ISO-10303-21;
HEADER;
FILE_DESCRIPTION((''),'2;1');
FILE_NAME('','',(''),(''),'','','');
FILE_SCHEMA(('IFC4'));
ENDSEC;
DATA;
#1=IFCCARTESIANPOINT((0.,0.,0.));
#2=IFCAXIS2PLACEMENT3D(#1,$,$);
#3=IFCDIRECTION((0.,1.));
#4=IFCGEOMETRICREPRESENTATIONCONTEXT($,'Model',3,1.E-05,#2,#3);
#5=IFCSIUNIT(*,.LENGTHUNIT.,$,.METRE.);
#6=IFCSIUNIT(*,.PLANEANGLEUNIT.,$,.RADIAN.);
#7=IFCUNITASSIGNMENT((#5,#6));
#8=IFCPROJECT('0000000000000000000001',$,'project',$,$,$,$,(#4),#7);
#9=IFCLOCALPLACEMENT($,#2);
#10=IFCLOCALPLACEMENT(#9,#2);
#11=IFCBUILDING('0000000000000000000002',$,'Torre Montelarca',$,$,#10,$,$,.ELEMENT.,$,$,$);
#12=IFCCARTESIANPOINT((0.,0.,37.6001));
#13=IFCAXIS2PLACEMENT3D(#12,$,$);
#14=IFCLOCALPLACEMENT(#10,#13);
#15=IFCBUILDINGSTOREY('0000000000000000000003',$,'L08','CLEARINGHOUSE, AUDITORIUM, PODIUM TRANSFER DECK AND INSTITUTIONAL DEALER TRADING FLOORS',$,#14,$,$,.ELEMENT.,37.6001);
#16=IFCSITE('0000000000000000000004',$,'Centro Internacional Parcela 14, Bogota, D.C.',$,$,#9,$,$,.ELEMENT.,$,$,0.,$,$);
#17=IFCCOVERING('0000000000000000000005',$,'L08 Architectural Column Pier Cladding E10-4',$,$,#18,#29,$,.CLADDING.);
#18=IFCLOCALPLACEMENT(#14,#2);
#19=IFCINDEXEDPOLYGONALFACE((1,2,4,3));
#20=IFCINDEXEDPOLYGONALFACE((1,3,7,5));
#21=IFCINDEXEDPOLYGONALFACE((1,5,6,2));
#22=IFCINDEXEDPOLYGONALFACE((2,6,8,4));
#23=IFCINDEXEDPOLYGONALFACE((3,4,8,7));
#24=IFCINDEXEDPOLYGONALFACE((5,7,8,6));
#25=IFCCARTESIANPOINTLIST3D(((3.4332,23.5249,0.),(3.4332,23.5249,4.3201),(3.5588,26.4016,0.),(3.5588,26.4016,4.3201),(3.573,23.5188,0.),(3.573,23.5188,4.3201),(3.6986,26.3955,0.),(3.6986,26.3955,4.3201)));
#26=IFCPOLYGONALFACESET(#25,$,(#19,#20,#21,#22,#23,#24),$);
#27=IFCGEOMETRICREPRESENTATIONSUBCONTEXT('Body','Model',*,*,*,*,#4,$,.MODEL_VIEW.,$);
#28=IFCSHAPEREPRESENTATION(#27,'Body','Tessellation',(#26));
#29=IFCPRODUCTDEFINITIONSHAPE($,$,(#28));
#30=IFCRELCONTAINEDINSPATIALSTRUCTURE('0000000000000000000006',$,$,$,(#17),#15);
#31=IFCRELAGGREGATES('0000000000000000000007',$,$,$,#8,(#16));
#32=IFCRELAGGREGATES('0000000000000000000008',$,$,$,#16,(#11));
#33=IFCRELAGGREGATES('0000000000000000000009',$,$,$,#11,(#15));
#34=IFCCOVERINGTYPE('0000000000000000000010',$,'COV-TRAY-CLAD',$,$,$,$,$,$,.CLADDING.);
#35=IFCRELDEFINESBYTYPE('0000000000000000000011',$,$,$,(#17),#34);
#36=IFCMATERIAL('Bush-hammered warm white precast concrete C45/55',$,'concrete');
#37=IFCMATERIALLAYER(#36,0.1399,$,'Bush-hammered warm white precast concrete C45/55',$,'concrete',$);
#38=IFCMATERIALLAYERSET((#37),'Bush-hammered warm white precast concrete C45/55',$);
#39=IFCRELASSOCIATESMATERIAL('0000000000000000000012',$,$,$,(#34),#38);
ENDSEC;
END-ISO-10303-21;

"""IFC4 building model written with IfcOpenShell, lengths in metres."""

from ifc_helpers import new_model, si_unit, direction, frame, origin, origin_2d, place, context, subcontext, project, spatial, rectangle, extrude, source, transform, mapped, material, layer, layer_set, type_object, element, save


model = new_model("IFC4")

# Units and contexts
model_context = context("Model", 3, precision=1e-05, world=origin(), true_north=direction((0.0, 1.0)))
body_context = subcontext(model_context, "Body", "Model", "MODEL_VIEW")
ifc_project = project(units=[si_unit("LENGTHUNIT", "METRE"), si_unit("PLANEANGLEUNIT", "RADIAN")], contexts=[model_context])

# Site, building, storey
site_placement = place(None, origin())
site = spatial("IfcSite", under=ifc_project, at=site_placement, Name="Centro Internacional Parcela 14, Bogota, D.C.", CompositionType="ELEMENT", RefElevation=0.0)
building_placement = place(site_placement, origin())
building = spatial("IfcBuilding", under=site, at=building_placement, Name="Torre Montelarca", CompositionType="ELEMENT")
storey_placement = place(building_placement, frame((0.0, 0.0, 37.6001)))
storey = spatial("IfcBuildingStorey", under=building, at=storey_placement, Name="L08", Description="CLEARINGHOUSE, AUDITORIUM, PODIUM TRANSFER DECK AND INSTITUTIONAL DEALER TRADING FLOORS", CompositionType="ELEMENT", Elevation=37.6001)

# Covering
ifc_material_1 = material(Name="Bush-hammered warm white precast concrete C45/55", Category="concrete")
ifc_layer_1 = layer(ifc_material_1, 0.1399, Name="Bush-hammered warm white precast concrete C45/55", Category="concrete")
ifc_layer_set_1 = layer_set([ifc_layer_1], Name="Bush-hammered warm white precast concrete C45/55")
covering_type = type_object("IfcCoveringType", Name="COV-TRAY-CLAD", PredefinedType="CLADDING", material=ifc_layer_set_1)
shared_shape_1 = source(origin(), body_context, "Body", "SweptSolid", [
    extrude(rectangle(XDim=2.8794, YDim=0.1399, at=origin_2d()), origin(), (0.0, 0.0, 1.0), 4.3201),
])
covering_placement = place(storey_placement, frame((3.5659, 24.9602, 0.0), z_axis=(0.0, 0.0, 1.0), x_axis=(-0.043619, -0.999048, 0.0)))
element("IfcCovering", 1, at=covering_placement, inside=storey, type_object=covering_type, Name="L08 Architectural Column Pier Cladding E10-4", PredefinedType="CLADDING", context=body_context, shape_type="MappedRepresentation", body=[
    mapped(shared_shape_1, transform((0.0, 0.0, 0.0), scale=1.0)),
])

save(model, "model.ifc")
